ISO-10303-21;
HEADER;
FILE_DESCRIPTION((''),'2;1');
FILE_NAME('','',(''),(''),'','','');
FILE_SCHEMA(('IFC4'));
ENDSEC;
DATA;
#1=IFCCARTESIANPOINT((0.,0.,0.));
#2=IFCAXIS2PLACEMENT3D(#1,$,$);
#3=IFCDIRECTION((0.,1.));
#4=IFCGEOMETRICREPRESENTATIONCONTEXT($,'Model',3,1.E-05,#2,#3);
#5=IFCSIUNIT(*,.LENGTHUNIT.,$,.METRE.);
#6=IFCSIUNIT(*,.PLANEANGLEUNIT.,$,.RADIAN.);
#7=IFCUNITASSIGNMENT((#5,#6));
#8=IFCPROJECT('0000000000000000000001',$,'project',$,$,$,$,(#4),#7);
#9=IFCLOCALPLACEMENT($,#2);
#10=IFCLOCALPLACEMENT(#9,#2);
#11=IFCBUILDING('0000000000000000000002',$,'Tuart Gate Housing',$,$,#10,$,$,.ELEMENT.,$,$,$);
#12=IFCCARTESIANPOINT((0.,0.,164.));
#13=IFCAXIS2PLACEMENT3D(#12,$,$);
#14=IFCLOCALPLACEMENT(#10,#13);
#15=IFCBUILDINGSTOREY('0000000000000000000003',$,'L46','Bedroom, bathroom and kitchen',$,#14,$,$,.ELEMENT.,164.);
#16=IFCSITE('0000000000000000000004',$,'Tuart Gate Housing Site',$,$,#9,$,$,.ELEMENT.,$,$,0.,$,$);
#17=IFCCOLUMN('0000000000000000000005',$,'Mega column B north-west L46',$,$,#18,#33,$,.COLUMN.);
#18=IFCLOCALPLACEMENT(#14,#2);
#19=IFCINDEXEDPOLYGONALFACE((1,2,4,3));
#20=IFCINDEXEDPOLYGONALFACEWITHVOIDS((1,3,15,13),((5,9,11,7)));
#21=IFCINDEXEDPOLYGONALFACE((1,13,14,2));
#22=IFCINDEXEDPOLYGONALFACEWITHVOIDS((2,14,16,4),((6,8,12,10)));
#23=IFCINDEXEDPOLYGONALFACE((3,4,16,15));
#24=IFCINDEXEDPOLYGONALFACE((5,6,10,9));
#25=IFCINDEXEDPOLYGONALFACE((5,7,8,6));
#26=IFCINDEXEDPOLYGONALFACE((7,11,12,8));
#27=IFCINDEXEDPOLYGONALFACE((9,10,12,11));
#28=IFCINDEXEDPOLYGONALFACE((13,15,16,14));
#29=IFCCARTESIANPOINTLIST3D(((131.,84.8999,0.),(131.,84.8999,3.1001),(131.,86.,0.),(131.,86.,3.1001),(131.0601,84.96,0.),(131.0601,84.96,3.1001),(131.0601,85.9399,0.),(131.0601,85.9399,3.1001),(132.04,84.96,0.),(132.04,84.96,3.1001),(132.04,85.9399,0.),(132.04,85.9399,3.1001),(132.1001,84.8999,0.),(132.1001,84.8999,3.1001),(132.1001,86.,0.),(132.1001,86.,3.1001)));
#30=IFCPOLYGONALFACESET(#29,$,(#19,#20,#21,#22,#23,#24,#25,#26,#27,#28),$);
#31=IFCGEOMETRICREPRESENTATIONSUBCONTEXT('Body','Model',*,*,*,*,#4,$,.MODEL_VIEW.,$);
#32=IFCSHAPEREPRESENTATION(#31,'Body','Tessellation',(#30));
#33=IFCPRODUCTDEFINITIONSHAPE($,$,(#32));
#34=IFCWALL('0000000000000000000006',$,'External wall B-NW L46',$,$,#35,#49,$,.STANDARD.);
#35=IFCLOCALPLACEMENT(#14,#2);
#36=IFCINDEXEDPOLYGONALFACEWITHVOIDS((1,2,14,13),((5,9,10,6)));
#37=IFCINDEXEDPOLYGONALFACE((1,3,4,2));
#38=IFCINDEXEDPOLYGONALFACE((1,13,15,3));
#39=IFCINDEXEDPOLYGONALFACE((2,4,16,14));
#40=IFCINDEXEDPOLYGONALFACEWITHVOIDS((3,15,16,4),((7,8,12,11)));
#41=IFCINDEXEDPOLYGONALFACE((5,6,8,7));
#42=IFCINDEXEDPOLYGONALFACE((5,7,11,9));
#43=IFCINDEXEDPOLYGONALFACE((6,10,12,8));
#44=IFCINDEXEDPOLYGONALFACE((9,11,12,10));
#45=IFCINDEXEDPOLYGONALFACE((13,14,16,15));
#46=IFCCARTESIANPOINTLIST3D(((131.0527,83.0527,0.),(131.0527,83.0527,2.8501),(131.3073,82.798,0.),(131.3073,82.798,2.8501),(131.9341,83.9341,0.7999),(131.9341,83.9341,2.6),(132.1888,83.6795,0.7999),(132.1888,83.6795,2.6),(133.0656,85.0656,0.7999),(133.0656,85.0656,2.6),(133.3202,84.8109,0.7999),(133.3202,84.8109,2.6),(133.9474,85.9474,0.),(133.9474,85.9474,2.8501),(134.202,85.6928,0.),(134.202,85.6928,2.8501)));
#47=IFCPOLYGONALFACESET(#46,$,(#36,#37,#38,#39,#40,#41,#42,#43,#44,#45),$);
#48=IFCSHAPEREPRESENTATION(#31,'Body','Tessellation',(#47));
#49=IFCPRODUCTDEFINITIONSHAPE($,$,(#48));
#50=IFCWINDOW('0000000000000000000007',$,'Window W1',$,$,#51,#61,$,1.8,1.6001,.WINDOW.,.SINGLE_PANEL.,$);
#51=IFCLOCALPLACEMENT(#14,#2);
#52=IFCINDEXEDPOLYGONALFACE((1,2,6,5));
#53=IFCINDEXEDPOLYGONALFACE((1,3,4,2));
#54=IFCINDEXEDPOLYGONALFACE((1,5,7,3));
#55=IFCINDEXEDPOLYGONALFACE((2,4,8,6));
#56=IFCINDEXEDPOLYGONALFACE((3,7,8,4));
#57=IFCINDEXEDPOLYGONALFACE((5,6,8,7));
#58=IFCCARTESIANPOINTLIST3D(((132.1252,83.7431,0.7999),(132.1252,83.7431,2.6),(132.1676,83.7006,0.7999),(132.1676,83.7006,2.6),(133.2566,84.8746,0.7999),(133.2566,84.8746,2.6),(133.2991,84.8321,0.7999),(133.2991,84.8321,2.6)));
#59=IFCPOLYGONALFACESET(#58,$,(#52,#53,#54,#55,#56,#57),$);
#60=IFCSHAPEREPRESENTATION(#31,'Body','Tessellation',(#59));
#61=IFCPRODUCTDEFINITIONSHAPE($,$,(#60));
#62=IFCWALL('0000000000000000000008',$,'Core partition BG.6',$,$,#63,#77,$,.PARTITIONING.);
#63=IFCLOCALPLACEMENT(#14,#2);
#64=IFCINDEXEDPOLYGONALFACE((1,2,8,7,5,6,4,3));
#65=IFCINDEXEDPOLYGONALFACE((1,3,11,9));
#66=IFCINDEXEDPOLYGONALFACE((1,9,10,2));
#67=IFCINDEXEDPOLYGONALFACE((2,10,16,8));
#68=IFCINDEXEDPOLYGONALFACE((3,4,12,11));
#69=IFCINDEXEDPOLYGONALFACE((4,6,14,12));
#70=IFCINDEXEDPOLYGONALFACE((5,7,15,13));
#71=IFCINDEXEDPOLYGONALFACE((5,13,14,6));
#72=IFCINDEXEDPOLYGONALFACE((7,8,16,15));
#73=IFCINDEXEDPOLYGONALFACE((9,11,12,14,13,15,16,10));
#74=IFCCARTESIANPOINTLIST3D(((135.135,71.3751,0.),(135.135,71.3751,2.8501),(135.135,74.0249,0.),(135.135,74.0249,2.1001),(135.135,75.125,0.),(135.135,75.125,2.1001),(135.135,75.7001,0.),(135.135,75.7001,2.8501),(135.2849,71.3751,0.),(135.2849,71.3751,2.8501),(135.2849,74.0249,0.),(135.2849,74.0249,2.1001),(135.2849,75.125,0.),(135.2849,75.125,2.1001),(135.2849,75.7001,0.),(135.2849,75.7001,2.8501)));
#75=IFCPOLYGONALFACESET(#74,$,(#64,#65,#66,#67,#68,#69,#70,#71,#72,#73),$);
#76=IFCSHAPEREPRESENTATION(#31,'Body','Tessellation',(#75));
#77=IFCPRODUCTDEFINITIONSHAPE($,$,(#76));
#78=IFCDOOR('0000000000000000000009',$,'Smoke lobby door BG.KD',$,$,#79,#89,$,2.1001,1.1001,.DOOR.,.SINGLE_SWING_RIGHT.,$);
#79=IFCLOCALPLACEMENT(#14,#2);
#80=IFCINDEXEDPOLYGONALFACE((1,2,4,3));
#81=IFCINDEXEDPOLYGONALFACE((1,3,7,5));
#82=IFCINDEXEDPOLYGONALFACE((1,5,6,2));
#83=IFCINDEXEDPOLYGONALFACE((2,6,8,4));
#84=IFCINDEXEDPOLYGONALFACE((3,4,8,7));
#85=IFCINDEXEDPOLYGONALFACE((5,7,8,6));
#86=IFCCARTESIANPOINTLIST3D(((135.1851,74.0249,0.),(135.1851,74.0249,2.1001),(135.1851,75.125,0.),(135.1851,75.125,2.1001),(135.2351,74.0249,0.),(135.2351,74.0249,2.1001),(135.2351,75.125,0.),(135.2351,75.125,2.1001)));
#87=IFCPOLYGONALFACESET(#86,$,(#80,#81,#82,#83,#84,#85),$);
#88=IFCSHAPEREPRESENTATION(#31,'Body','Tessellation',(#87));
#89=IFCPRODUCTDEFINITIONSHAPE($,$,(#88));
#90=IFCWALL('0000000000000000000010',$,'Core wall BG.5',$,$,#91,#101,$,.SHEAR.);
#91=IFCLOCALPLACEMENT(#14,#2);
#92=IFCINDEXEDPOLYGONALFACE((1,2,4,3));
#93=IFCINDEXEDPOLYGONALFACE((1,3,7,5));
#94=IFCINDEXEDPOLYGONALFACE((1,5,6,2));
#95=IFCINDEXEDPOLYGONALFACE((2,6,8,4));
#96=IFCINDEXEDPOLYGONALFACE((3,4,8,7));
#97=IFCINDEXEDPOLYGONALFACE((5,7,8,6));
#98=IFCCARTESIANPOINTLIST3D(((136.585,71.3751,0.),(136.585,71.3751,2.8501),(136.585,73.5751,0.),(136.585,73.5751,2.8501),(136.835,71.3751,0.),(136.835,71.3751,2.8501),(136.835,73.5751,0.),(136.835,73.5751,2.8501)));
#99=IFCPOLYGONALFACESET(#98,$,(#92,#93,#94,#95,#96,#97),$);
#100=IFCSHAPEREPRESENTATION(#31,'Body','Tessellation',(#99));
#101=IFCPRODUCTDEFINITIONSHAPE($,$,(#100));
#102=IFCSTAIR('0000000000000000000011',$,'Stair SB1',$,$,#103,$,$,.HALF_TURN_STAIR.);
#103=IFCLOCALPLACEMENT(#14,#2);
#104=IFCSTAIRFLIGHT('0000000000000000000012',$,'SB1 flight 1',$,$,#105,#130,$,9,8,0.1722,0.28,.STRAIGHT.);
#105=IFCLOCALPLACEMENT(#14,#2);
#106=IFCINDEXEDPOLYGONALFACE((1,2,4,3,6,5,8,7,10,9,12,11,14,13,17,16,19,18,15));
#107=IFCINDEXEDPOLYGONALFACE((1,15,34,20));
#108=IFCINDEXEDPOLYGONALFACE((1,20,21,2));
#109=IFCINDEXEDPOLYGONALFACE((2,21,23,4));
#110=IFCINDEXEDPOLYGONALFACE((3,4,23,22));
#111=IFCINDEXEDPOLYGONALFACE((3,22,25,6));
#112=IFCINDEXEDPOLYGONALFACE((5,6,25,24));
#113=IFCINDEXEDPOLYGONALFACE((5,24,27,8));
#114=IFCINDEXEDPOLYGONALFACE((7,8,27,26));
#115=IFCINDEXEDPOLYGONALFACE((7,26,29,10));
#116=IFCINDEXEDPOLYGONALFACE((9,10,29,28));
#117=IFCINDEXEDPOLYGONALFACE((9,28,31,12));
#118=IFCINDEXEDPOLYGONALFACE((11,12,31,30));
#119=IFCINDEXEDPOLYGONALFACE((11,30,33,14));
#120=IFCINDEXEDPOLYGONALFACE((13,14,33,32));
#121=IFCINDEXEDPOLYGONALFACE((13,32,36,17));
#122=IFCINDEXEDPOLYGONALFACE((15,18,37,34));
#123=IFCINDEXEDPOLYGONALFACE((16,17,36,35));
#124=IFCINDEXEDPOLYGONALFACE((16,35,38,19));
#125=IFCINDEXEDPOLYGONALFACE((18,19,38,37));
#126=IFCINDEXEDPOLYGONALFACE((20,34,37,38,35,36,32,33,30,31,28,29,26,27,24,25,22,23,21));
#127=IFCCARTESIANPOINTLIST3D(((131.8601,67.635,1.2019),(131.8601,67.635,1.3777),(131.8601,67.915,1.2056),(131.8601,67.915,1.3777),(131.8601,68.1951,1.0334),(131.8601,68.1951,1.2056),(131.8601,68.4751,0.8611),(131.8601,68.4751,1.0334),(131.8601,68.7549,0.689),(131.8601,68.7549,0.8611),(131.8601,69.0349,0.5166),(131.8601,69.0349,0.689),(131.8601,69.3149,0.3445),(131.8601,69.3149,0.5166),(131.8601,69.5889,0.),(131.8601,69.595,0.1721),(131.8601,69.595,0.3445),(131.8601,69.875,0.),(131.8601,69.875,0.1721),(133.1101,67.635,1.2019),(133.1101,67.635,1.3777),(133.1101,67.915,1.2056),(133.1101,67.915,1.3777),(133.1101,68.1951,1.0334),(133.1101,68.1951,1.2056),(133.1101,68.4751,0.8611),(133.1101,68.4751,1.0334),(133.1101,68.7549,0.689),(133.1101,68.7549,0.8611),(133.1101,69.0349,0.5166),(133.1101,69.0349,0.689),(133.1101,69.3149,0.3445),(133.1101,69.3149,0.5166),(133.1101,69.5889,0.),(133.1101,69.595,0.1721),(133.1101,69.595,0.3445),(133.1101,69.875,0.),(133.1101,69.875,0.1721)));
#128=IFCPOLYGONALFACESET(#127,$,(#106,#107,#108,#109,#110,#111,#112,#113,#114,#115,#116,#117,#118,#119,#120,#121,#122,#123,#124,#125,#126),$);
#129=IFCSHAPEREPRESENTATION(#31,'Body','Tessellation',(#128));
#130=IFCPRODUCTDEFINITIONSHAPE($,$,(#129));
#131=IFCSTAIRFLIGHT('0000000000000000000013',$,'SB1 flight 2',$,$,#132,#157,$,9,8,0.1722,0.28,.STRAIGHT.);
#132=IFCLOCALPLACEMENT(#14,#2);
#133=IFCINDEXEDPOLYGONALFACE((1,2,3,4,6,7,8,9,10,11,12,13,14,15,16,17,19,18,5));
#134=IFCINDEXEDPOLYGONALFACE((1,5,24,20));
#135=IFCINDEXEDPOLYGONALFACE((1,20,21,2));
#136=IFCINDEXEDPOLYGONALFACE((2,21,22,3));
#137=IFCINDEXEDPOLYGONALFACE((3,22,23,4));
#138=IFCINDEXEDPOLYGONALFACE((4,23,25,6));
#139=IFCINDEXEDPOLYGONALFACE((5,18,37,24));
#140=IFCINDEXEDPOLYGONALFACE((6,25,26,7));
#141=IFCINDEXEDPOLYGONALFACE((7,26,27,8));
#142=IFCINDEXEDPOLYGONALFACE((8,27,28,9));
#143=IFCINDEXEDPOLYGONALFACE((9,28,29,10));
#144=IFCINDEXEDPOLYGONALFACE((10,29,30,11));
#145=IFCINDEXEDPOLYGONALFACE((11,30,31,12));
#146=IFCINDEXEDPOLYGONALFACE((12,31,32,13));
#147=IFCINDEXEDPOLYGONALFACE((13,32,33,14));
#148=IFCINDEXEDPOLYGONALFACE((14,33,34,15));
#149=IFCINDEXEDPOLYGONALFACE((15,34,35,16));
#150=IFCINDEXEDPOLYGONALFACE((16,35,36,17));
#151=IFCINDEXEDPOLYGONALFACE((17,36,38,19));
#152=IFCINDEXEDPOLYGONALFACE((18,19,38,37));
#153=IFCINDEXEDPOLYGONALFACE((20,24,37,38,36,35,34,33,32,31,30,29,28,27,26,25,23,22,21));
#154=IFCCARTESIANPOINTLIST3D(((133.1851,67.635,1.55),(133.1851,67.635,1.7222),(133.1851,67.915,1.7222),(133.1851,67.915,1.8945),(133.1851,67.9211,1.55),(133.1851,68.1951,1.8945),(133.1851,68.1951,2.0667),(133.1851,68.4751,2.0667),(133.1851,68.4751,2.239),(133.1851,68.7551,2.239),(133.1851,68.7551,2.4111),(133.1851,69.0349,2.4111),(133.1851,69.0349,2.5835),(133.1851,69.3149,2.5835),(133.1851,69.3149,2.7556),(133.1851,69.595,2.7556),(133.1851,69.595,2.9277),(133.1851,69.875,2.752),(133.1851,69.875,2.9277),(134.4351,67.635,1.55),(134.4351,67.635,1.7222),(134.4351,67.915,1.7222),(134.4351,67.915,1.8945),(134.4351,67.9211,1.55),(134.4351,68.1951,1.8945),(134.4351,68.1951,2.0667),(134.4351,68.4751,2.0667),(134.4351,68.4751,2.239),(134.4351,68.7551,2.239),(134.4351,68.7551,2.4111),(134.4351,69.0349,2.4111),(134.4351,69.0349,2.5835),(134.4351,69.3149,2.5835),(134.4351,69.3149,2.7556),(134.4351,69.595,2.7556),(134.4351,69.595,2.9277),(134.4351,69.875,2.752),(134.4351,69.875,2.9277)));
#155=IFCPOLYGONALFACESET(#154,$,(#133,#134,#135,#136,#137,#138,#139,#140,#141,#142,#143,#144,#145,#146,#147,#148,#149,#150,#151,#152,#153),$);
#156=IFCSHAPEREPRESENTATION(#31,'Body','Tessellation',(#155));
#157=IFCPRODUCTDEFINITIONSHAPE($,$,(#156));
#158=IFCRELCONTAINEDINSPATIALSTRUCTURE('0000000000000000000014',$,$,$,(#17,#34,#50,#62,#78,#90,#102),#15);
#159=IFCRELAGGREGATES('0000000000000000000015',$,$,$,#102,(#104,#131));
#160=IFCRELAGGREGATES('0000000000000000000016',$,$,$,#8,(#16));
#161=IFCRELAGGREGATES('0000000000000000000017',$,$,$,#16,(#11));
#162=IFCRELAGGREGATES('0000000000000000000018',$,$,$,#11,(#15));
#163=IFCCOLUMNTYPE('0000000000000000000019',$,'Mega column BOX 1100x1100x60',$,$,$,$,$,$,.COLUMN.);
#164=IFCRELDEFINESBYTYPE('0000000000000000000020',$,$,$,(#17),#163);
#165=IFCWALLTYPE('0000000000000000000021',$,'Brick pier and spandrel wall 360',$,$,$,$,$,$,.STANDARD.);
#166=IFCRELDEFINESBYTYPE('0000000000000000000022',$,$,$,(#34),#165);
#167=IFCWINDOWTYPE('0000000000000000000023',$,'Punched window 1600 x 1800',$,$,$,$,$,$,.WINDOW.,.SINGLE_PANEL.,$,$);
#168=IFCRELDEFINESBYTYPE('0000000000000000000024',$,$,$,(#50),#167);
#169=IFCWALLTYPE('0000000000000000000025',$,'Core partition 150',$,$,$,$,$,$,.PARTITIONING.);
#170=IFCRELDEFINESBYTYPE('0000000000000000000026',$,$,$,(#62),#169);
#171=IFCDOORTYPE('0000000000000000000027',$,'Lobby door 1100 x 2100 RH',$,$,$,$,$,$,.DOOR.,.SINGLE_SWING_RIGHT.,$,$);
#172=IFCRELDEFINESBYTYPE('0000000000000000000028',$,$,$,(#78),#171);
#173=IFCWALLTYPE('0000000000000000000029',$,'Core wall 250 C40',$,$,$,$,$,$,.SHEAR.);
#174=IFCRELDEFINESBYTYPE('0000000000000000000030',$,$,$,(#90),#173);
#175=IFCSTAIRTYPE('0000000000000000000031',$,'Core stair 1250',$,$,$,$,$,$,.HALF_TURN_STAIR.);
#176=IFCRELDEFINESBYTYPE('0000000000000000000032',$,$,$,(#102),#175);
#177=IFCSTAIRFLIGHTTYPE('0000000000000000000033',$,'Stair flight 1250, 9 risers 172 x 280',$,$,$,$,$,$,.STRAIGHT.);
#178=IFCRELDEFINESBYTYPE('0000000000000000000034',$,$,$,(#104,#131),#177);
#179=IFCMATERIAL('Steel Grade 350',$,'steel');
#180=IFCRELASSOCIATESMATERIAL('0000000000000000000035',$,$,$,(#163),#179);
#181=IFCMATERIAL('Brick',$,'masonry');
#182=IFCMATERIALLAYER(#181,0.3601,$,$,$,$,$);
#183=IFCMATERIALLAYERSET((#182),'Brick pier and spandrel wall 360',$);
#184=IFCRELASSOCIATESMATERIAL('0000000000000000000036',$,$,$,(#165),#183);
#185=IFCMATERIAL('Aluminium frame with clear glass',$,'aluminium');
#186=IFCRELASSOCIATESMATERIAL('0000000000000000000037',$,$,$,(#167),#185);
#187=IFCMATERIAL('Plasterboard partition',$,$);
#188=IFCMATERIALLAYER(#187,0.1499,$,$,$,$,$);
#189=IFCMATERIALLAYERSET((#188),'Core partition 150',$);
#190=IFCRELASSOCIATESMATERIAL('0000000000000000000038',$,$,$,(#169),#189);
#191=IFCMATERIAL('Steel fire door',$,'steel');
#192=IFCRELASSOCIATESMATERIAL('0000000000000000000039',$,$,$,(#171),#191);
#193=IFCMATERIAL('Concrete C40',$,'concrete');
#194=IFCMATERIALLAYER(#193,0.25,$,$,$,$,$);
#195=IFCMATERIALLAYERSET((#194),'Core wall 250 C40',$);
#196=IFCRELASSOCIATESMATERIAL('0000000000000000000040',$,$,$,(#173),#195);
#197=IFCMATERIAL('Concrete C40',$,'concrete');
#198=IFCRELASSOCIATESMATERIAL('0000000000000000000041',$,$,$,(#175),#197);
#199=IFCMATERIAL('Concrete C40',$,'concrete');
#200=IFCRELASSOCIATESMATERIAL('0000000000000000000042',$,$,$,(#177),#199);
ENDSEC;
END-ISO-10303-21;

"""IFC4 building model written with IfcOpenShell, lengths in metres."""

from ifc_helpers import new_model, si_unit, direction, frame, frame_2d, origin, origin_2d, place, context, subcontext, project, spatial, polyline, rectangle, hollow_rectangle, outline, extrude, material, layer, layer_set, material_profile, profile_set, type_object, element, fill, aggregate, save


model = new_model("IFC4")

# Units and contexts
model_context = context("Model", 3, precision=1e-05, world=origin(), true_north=direction((0.0, 1.0)))
body_context = subcontext(model_context, "Body", "Model", "MODEL_VIEW")
ifc_project = project(units=[si_unit("LENGTHUNIT", "METRE"), si_unit("PLANEANGLEUNIT", "RADIAN")], contexts=[model_context])

# Site, building, storey
site_placement = place(None, origin())
site = spatial("IfcSite", under=ifc_project, at=site_placement, Name="Tuart Gate Housing Site", CompositionType="ELEMENT", RefElevation=0.0)
building_placement = place(site_placement, origin())
building = spatial("IfcBuilding", under=site, at=building_placement, Name="Tuart Gate Housing", CompositionType="ELEMENT")
storey_placement = place(building_placement, frame((0.0, 0.0, 164.0)))
storey = spatial("IfcBuildingStorey", under=building, at=storey_placement, Name="L46", Description="Bedroom, bathroom and kitchen", CompositionType="ELEMENT", Elevation=164.0)

# Column
ifc_material_1 = material(Name="Steel Grade 350", Category="steel")
ifc_material_profile = material_profile(ifc_material_1, hollow_rectangle(XDim=1.1001, YDim=1.1001, WallThickness=0.0601, at=origin_2d()), Name="BOX 1100x1100x60")
ifc_profile_set = profile_set([ifc_material_profile], Name="Steel Grade 350")
column_type = type_object("IfcColumnType", Name="Mega column BOX 1100x1100x60", PredefinedType="COLUMN", material=ifc_profile_set)
column_placement = place(storey_placement, frame((131.55, 85.45, 0.0), z_axis=(0.0, 0.0, 1.0), x_axis=(1.0, 0.0, 0.0)))
element("IfcColumn", 1, at=column_placement, inside=storey, type_object=column_type, Name="Mega column B north-west L46", PredefinedType="COLUMN", context=body_context, shape_type="SweptSolid", body=[
    extrude(hollow_rectangle(XDim=1.1001, YDim=1.1001, WallThickness=0.0601, at=origin_2d()), origin(), (0.0, 0.0, 1.0), 3.1001),
])

# Wall, opening, window
ifc_material_2 = material(Name="Brick", Category="masonry")
ifc_layer_1 = layer(ifc_material_2, 0.3601)
ifc_layer_set_1 = layer_set([ifc_layer_1], Name="Brick pier and spandrel wall 360")
wall_type_1 = type_object("IfcWallType", Name="Brick pier and spandrel wall 360", PredefinedType="STANDARD", material=ifc_layer_set_1)
wall_1_placement = place(storey_placement, frame((134.0747, 85.8201, 0.0), z_axis=(0.0, 0.0, 1.0), x_axis=(-0.707107, -0.707107, 0.0)))
wall_1 = element("IfcWall", 2, at=wall_1_placement, inside=storey, type_object=wall_type_1, Name="External wall B-NW L46", PredefinedType="STANDARD", context=body_context, shape_type="SweptSolid", body=[
    extrude(rectangle(XDim=4.0938, YDim=0.3601, at=frame_2d((2.0469, 0.0))), origin(), (0.0, 0.0, 1.0), 2.8501),
])
opening_1_placement = place(wall_1_placement, frame((1.2471, 0.0, 0.8)))
opening_1 = element("IfcOpeningElement", 3, at=opening_1_placement, cuts=wall_1, PredefinedType="OPENING", context=body_context, shape_type="SweptSolid", body=[
    extrude(rectangle(XDim=1.6001, YDim=1.8, at=frame_2d((0.8, 0.8999))), frame((0.0, 0.1899, 0.0), z_axis=(0.0, -1.0, 0.0), x_axis=(1.0, 0.0, 0.0)), (0.0, 0.0, 1.0), 0.3801),
])
ifc_material_3 = material(Name="Aluminium frame with clear glass", Category="aluminium")
window_type = type_object("IfcWindowType", Name="Punched window 1600 x 1800", PartitioningType="SINGLE_PANEL", PredefinedType="WINDOW", material=ifc_material_3)
window_placement = place(opening_1_placement, origin())
window = element("IfcWindow", 4, at=window_placement, inside=storey, type_object=window_type, Name="Window W1", OverallHeight=1.8, OverallWidth=1.6001, PartitioningType="SINGLE_PANEL", PredefinedType="WINDOW", context=body_context, shape_type="SweptSolid", body=[
    extrude(rectangle(XDim=1.6001, YDim=1.8, at=frame_2d((0.8, 0.8999))), frame((0.0, 0.1501, 0.0), z_axis=(0.0, -1.0, 0.0), x_axis=(1.0, 0.0, 0.0)), (0.0, 0.0, 1.0), 0.0601),
])
fill(opening_1, window)

# Wall, opening, door
ifc_material_4 = material(Name="Plasterboard partition")
ifc_layer_2 = layer(ifc_material_4, 0.1499)
ifc_layer_set_2 = layer_set([ifc_layer_2], Name="Core partition 150")
wall_type_2 = type_object("IfcWallType", Name="Core partition 150", PredefinedType="PARTITIONING", material=ifc_layer_set_2)
wall_2_placement = place(storey_placement, frame((135.21, 71.375, 0.0), z_axis=(0.0, 0.0, 1.0), x_axis=(0.0, 1.0, 0.0)))
wall_2 = element("IfcWall", 5, at=wall_2_placement, inside=storey, type_object=wall_type_2, Name="Core partition BG.6", PredefinedType="PARTITIONING", context=body_context, shape_type="SweptSolid", body=[
    extrude(rectangle(XDim=4.325, YDim=0.1499, at=frame_2d((2.1626, 0.0))), origin(), (0.0, 0.0, 1.0), 2.8501),
])
opening_2_placement = place(wall_2_placement, frame((2.6499, 0.0, 0.0)))
opening_2 = element("IfcOpeningElement", 6, at=opening_2_placement, cuts=wall_2, PredefinedType="OPENING", context=body_context, shape_type="SweptSolid", body=[
    extrude(rectangle(XDim=1.1001, YDim=2.1001, at=frame_2d((0.55, 1.05))), frame((0.0, 0.085, 0.0), z_axis=(0.0, -1.0, 0.0), x_axis=(1.0, 0.0, 0.0)), (0.0, 0.0, 1.0), 0.1699),
])
ifc_material_5 = material(Name="Steel fire door", Category="steel")
door_type = type_object("IfcDoorType", Name="Lobby door 1100 x 2100 RH", OperationType="SINGLE_SWING_RIGHT", PredefinedType="DOOR", material=ifc_material_5)
door_placement = place(opening_2_placement, origin())
door = element("IfcDoor", 7, at=door_placement, inside=storey, type_object=door_type, Name="Smoke lobby door BG.KD", OperationType="SINGLE_SWING_RIGHT", OverallHeight=2.1001, OverallWidth=1.1001, PredefinedType="DOOR", context=body_context, shape_type="SweptSolid", body=[
    extrude(rectangle(XDim=1.1001, YDim=2.1001, at=frame_2d((0.55, 1.05))), frame((0.0, 0.0249, 0.0), z_axis=(0.0, -1.0, 0.0), x_axis=(1.0, 0.0, 0.0)), (0.0, 0.0, 1.0), 0.05),
])
fill(opening_2, door)

# Wall
ifc_material_6 = material(Name="Concrete C40", Category="concrete")
ifc_layer_3 = layer(ifc_material_6, 0.25)
ifc_layer_set_3 = layer_set([ifc_layer_3], Name="Core wall 250 C40")
wall_type_3 = type_object("IfcWallType", Name="Core wall 250 C40", PredefinedType="SHEAR", material=ifc_layer_set_3)
wall_3_placement = place(storey_placement, frame((136.71, 71.375, 0.0), z_axis=(0.0, 0.0, 1.0), x_axis=(0.0, 1.0, 0.0)))
element("IfcWall", 8, at=wall_3_placement, inside=storey, type_object=wall_type_3, Name="Core wall BG.5", PredefinedType="SHEAR", context=body_context, shape_type="SweptSolid", body=[
    extrude(rectangle(XDim=2.2, YDim=0.25, at=frame_2d((1.1001, 0.0))), origin(), (0.0, 0.0, 1.0), 2.8501),
])

# Stair, stair flights
ifc_material_7 = material(Name="Concrete C40", Category="concrete")
stair_type = type_object("IfcStairType", Name="Core stair 1250", PredefinedType="HALF_TURN_STAIR", material=ifc_material_7)
stair_placement = place(storey_placement, origin())
stair = element("IfcStair", 9, at=stair_placement, inside=storey, type_object=stair_type, Name="Stair SB1", PredefinedType="HALF_TURN_STAIR")
ifc_material_8 = material(Name="Concrete C40", Category="concrete")
stair_flight_type = type_object("IfcStairFlightType", Name="Stair flight 1250, 9 risers 172 x 280", PredefinedType="STRAIGHT", material=ifc_material_8)
stair_flight_1_placement = place(storey_placement, frame((132.4851, 69.875, 0.0), z_axis=(0.0, 0.0, 1.0), x_axis=(0.0, -1.0, 0.0)))
stair_flight_1 = element("IfcStairFlight", 10, at=stair_flight_1_placement, type_object=stair_flight_type, Name="SB1 flight 1", NumberOfRisers=9, NumberOfTreads=8, PredefinedType="STRAIGHT", RiserHeight=0.1722, TreadLength=0.28, context=body_context, shape_type="SweptSolid", body=[
    extrude(outline(polyline([(0.0, 0.0), (0.0, 0.1721), (0.28, 0.1721), (0.28, 0.3445), (0.5601, 0.3445), (0.5601, 0.5166), (0.8401, 0.5166), (0.8401, 0.689), (1.1201, 0.689), (1.1201, 0.8611), (1.3999, 0.8611), (1.3999, 1.0334), (1.6799, 1.0334), (1.6799, 1.2056), (1.96, 1.2056), (1.96, 1.3777), (2.24, 1.3777), (2.24, 1.55), (2.24, 1.2019), (0.2861, 0.0), (0.0, 0.0)])), frame((0.0, 0.625, 0.0), z_axis=(0.0, -1.0, 0.0), x_axis=(1.0, 0.0, 0.0)), (0.0, 0.0, 1.0), 1.25),
])
stair_flight_2_placement = place(storey_placement, frame((133.8101, 67.635, 1.55), z_axis=(0.0, 0.0, 1.0), x_axis=(0.0, 1.0, 0.0)))
stair_flight_2 = element("IfcStairFlight", 11, at=stair_flight_2_placement, type_object=stair_flight_type, Name="SB1 flight 2", NumberOfRisers=9, NumberOfTreads=8, PredefinedType="STRAIGHT", RiserHeight=0.1722, TreadLength=0.28, context=body_context, shape_type="SweptSolid", body=[
    extrude(outline(polyline([(0.0, 0.0), (0.0, 0.1721), (0.28, 0.1721), (0.28, 0.3445), (0.5601, 0.3445), (0.5601, 0.5166), (0.8401, 0.5166), (0.8401, 0.689), (1.1201, 0.689), (1.1201, 0.8611), (1.3999, 0.8611), (1.3999, 1.0334), (1.6799, 1.0334), (1.6799, 1.2056), (1.96, 1.2056), (1.96, 1.3777), (2.24, 1.3777), (2.24, 1.55), (2.24, 1.2019), (0.2861, 0.0), (0.0, 0.0)])), frame((0.0, 0.625, 0.0), z_axis=(0.0, -1.0, 0.0), x_axis=(1.0, 0.0, 0.0)), (0.0, 0.0, 1.0), 1.25),
])
aggregate(stair, [stair_flight_1, stair_flight_2])

save(model, "model.ifc")
